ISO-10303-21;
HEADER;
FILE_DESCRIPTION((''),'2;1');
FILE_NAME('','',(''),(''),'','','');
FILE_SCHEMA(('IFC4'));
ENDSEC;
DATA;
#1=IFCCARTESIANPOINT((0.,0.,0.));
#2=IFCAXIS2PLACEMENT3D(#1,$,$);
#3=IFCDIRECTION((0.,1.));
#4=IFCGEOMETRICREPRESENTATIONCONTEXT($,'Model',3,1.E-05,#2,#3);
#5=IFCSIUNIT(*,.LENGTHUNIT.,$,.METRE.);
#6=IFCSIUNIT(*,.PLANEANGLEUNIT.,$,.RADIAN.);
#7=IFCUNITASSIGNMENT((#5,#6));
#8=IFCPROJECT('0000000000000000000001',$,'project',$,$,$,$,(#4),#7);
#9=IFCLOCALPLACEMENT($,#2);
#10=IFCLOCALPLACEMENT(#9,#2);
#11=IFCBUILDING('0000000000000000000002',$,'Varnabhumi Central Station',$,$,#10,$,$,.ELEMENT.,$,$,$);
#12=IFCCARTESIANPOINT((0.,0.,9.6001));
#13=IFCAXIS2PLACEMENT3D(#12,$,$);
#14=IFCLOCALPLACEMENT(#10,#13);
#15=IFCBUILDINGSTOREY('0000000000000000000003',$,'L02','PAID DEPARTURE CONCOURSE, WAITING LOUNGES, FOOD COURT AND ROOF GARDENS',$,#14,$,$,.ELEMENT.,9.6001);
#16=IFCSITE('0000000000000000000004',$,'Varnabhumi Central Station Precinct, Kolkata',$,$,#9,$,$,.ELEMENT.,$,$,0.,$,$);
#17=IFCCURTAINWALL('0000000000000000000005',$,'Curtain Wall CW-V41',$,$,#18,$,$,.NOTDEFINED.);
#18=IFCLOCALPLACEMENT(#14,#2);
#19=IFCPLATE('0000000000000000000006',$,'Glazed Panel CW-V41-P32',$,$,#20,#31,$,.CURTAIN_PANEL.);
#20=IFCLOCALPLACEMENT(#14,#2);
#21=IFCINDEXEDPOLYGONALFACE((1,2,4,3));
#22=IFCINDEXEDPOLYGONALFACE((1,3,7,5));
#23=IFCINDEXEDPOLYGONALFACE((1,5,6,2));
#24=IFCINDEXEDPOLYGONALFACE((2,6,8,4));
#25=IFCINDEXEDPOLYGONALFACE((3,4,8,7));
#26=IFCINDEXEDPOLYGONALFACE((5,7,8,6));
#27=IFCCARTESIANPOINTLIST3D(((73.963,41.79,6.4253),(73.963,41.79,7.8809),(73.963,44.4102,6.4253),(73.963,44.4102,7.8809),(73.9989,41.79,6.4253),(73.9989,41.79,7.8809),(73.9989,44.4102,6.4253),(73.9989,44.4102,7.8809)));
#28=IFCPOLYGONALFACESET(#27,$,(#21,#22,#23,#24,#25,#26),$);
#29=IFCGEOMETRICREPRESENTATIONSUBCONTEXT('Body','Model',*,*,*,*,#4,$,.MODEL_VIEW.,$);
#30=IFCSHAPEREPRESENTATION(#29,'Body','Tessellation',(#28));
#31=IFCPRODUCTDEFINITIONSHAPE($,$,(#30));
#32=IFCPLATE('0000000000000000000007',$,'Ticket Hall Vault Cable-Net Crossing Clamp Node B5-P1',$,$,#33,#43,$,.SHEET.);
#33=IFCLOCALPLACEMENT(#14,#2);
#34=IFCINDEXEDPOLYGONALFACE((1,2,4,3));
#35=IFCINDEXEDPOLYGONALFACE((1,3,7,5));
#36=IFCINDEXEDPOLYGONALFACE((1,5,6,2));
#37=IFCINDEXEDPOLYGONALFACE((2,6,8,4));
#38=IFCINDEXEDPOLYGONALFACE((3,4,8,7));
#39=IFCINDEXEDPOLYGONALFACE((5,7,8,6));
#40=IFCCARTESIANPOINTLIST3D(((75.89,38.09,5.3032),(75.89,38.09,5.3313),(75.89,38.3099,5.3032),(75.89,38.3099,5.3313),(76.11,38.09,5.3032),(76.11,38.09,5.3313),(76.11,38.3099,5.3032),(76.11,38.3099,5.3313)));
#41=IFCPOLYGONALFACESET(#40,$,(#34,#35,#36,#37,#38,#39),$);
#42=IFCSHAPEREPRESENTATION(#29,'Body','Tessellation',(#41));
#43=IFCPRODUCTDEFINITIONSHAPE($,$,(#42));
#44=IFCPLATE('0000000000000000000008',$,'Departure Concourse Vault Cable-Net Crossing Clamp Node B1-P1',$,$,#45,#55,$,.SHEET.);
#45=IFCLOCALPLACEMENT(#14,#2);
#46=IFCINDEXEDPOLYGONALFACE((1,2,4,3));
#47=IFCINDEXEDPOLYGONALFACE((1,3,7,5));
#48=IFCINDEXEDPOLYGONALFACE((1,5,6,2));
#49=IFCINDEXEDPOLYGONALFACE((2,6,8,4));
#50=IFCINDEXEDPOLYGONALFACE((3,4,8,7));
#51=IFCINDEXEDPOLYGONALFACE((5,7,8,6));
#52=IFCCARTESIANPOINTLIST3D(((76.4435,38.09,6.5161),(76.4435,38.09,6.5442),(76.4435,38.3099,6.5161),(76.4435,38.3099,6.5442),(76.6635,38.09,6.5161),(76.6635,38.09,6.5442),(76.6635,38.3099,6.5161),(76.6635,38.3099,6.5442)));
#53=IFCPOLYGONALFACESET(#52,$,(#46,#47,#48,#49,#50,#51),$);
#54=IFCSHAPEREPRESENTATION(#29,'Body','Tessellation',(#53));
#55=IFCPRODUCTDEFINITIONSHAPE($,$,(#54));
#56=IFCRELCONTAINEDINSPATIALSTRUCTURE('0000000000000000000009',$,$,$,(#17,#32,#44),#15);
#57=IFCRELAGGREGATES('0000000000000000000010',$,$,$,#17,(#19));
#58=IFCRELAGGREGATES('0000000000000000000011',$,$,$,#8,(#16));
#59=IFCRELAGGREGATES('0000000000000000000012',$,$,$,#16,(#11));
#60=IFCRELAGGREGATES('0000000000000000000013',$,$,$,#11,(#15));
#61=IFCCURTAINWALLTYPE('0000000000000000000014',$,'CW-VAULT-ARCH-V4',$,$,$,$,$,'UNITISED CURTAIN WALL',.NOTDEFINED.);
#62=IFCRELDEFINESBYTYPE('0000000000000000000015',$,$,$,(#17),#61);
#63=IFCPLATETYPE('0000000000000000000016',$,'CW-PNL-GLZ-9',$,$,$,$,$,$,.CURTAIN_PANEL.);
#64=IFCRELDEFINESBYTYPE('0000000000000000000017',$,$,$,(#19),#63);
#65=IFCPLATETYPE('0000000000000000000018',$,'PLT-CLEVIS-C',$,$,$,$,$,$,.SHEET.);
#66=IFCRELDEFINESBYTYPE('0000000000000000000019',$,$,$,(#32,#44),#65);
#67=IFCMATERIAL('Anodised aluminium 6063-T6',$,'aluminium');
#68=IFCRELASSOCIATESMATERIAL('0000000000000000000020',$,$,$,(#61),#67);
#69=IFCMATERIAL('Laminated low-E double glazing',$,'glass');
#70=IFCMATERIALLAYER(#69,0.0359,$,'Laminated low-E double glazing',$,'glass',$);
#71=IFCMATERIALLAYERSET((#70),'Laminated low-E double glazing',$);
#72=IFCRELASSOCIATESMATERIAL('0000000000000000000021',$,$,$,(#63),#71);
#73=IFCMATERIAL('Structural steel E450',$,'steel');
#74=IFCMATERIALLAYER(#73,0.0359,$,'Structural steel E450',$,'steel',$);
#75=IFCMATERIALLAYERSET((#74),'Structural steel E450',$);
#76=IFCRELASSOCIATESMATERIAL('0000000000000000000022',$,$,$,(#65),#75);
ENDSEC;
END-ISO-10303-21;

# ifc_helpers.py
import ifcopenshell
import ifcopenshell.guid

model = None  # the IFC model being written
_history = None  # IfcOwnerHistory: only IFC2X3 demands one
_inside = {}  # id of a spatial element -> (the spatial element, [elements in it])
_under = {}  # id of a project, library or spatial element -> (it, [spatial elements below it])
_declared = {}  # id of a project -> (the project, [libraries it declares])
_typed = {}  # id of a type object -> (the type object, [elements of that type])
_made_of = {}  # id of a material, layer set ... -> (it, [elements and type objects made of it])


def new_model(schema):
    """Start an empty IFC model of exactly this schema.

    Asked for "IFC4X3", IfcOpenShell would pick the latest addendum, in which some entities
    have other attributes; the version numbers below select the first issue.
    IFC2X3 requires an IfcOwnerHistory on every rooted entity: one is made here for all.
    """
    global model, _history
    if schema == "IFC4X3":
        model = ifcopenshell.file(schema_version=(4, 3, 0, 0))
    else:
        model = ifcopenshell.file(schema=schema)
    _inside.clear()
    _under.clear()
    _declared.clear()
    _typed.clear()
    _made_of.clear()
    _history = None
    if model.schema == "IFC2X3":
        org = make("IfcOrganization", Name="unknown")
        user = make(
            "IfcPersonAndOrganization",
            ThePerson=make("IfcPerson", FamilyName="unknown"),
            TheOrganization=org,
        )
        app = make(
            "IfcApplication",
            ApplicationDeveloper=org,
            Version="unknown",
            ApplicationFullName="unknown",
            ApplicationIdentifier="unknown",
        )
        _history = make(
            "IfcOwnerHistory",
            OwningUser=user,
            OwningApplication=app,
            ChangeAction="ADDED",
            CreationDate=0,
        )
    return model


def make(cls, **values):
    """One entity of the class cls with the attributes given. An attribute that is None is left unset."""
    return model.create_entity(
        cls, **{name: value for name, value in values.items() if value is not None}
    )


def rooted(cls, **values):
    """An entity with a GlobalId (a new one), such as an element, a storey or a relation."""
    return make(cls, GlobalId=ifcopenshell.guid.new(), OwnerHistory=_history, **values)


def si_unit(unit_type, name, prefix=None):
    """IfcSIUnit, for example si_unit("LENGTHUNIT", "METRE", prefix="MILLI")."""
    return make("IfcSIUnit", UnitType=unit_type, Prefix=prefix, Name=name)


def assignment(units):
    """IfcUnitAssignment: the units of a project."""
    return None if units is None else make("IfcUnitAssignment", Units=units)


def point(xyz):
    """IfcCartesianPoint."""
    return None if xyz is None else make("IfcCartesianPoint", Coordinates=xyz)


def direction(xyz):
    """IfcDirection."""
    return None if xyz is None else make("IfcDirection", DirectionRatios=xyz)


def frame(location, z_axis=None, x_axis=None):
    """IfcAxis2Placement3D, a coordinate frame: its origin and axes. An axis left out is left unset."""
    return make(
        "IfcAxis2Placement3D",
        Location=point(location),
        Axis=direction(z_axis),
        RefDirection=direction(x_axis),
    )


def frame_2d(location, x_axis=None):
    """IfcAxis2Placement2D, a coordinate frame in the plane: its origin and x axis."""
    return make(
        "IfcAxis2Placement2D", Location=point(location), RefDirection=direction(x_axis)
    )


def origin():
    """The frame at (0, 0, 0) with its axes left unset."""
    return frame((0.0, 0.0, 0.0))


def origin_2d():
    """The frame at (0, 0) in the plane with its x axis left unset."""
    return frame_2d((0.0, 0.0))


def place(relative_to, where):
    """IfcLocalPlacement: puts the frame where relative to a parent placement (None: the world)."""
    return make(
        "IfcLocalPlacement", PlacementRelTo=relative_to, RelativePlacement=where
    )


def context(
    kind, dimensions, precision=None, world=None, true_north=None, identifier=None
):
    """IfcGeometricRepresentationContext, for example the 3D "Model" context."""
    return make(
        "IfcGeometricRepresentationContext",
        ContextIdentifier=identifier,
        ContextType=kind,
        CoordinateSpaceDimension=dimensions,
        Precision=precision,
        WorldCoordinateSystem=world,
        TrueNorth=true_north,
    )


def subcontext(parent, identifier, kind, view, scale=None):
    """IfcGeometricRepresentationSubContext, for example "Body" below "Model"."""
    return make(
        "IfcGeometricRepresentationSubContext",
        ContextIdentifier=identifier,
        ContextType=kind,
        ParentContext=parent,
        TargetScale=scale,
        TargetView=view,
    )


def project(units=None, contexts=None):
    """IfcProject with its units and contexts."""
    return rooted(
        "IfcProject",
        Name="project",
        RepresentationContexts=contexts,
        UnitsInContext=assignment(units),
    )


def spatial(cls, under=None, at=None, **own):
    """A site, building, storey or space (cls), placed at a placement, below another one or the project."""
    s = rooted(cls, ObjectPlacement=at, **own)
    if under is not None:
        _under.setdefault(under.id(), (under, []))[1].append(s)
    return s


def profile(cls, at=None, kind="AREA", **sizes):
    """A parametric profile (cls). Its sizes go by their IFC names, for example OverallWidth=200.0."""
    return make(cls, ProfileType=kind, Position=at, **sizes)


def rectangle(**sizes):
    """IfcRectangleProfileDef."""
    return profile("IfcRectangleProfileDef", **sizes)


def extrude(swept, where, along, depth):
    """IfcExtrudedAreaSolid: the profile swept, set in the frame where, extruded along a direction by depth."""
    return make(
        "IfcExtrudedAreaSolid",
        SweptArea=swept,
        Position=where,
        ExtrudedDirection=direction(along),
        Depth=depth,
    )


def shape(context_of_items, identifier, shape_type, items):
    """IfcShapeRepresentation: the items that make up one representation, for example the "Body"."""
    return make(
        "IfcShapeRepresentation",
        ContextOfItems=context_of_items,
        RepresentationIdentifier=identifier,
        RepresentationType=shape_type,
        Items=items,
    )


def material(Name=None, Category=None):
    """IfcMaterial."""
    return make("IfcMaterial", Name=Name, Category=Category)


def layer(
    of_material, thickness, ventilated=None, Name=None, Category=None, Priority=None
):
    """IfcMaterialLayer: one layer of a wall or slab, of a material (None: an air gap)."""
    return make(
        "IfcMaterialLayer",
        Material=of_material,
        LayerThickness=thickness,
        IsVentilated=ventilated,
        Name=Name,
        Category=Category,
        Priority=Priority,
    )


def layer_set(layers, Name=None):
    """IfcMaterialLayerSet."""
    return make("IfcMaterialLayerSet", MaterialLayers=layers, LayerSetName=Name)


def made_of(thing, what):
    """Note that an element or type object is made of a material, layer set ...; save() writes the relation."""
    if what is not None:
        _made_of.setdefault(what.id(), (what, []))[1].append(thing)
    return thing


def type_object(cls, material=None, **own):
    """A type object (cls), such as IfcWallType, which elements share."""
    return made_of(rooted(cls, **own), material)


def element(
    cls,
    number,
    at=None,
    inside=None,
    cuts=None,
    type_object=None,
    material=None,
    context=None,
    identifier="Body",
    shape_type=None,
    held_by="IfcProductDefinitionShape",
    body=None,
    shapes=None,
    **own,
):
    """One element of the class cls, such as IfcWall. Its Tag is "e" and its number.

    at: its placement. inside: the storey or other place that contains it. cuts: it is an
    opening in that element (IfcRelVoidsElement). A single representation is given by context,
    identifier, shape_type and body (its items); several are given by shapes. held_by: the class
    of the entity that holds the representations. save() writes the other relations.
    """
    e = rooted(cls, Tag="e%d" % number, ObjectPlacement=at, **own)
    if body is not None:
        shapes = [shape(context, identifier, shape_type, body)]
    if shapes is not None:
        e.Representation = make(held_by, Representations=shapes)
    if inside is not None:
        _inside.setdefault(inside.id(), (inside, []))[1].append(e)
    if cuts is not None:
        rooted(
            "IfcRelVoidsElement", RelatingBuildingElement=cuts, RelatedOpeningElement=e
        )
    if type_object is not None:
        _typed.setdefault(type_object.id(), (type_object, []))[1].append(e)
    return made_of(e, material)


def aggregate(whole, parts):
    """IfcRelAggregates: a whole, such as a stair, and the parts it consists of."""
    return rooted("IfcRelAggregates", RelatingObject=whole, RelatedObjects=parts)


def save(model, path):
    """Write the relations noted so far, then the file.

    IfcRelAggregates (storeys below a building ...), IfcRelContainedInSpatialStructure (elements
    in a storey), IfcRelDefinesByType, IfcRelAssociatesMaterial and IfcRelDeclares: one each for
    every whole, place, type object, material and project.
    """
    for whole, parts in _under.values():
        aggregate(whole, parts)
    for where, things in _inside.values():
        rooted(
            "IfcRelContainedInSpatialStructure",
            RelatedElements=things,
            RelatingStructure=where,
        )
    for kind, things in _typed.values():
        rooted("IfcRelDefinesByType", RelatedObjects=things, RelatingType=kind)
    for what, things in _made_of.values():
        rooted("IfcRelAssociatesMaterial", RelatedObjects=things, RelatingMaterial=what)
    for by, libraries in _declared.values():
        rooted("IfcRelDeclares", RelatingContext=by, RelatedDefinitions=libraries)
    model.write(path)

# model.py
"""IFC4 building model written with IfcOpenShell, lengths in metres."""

from ifc_helpers import new_model, si_unit, direction, frame, origin, origin_2d, place, context, subcontext, project, spatial, rectangle, extrude, material, layer, layer_set, type_object, element, aggregate, save


model = new_model("IFC4")

# Units and contexts
model_context = context("Model", 3, precision=1e-05, world=origin(), true_north=direction((0.0, 1.0)))
body_context = subcontext(model_context, "Body", "Model", "MODEL_VIEW")
ifc_project = project(units=[si_unit("LENGTHUNIT", "METRE"), si_unit("PLANEANGLEUNIT", "RADIAN")], contexts=[model_context])

# Site, building, storey
site_placement = place(None, origin())
site = spatial("IfcSite", under=ifc_project, at=site_placement, Name="Varnabhumi Central Station Precinct, Kolkata", CompositionType="ELEMENT", RefElevation=0.0)
building_placement = place(site_placement, origin())
building = spatial("IfcBuilding", under=site, at=building_placement, Name="Varnabhumi Central Station", CompositionType="ELEMENT")
storey_placement = place(building_placement, frame((0.0, 0.0, 9.6001)))
storey = spatial("IfcBuildingStorey", under=building, at=storey_placement, Name="L02", Description="PAID DEPARTURE CONCOURSE, WAITING LOUNGES, FOOD COURT AND ROOF GARDENS", CompositionType="ELEMENT", Elevation=9.6001)

# Curtain wall
ifc_material_1 = material(Name="Anodised aluminium 6063-T6", Category="aluminium")
curtain_wall_type = type_object("IfcCurtainWallType", Name="CW-VAULT-ARCH-V4", ElementType="UNITISED CURTAIN WALL", PredefinedType="NOTDEFINED", material=ifc_material_1)
curtain_wall_1_placement = place(storey_placement, origin())
curtain_wall_1 = element("IfcCurtainWall", 1, at=curtain_wall_1_placement, inside=storey, type_object=curtain_wall_type, Name="Curtain Wall CW-V41", PredefinedType="NOTDEFINED")

# Plate
ifc_material_2 = material(Name="Laminated low-E double glazing", Category="glass")
ifc_layer_1 = layer(ifc_material_2, 0.0359, Name="Laminated low-E double glazing", Category="glass")
ifc_layer_set_1 = layer_set([ifc_layer_1], Name="Laminated low-E double glazing")
plate_type_1 = type_object("IfcPlateType", Name="CW-PNL-GLZ-9", PredefinedType="CURTAIN_PANEL", material=ifc_layer_set_1)
plate_1_placement = place(storey_placement, frame((73.981, 43.1001, 6.4253), z_axis=(0.0, 0.0, 1.0), x_axis=(0.0, 1.0, 0.0)))
plate_1 = element("IfcPlate", 2, at=plate_1_placement, type_object=plate_type_1, Name="Glazed Panel CW-V41-P32", PredefinedType="CURTAIN_PANEL", context=body_context, shape_type="SweptSolid", body=[
    extrude(rectangle(XDim=2.6201, YDim=0.0359, at=origin_2d()), origin(), (0.0, 0.0, 1.0), 1.4556),
])
aggregate(curtain_wall_1, [plate_1])

# Plates
ifc_material_3 = material(Name="Structural steel E450", Category="steel")
ifc_layer_2 = layer(ifc_material_3, 0.0359, Name="Structural steel E450", Category="steel")
ifc_layer_set_2 = layer_set([ifc_layer_2], Name="Structural steel E450")
plate_type_2 = type_object("IfcPlateType", Name="PLT-CLEVIS-C", PredefinedType="SHEET", material=ifc_layer_set_2)
for number, where, z_axis, x_axis, name in (
    (3, (76.0, 38.2, 5.3032), (0.0, 0.0, 1.0), (1.0, 0.0, 0.0), "Ticket Hall Vault Cable-Net Crossing Clamp Node B5-P1"),
    (4, (76.5535, 38.2, 6.5161), (0.0, 0.0, 1.0), (1.0, 0.0, 0.0), "Departure Concourse Vault Cable-Net Crossing Clamp Node B1-P1"),
):
    element("IfcPlate", number, at=place(storey_placement, frame(where, z_axis=z_axis, x_axis=x_axis)), inside=storey, type_object=plate_type_2, Name=name, PredefinedType="SHEET", context=body_context, shape_type="SweptSolid", body=[
        extrude(rectangle(XDim=0.22, YDim=0.22, at=origin_2d()), origin(), (0.0, 0.0, 1.0), 0.0281),
    ])

save(model, "model.ifc")
